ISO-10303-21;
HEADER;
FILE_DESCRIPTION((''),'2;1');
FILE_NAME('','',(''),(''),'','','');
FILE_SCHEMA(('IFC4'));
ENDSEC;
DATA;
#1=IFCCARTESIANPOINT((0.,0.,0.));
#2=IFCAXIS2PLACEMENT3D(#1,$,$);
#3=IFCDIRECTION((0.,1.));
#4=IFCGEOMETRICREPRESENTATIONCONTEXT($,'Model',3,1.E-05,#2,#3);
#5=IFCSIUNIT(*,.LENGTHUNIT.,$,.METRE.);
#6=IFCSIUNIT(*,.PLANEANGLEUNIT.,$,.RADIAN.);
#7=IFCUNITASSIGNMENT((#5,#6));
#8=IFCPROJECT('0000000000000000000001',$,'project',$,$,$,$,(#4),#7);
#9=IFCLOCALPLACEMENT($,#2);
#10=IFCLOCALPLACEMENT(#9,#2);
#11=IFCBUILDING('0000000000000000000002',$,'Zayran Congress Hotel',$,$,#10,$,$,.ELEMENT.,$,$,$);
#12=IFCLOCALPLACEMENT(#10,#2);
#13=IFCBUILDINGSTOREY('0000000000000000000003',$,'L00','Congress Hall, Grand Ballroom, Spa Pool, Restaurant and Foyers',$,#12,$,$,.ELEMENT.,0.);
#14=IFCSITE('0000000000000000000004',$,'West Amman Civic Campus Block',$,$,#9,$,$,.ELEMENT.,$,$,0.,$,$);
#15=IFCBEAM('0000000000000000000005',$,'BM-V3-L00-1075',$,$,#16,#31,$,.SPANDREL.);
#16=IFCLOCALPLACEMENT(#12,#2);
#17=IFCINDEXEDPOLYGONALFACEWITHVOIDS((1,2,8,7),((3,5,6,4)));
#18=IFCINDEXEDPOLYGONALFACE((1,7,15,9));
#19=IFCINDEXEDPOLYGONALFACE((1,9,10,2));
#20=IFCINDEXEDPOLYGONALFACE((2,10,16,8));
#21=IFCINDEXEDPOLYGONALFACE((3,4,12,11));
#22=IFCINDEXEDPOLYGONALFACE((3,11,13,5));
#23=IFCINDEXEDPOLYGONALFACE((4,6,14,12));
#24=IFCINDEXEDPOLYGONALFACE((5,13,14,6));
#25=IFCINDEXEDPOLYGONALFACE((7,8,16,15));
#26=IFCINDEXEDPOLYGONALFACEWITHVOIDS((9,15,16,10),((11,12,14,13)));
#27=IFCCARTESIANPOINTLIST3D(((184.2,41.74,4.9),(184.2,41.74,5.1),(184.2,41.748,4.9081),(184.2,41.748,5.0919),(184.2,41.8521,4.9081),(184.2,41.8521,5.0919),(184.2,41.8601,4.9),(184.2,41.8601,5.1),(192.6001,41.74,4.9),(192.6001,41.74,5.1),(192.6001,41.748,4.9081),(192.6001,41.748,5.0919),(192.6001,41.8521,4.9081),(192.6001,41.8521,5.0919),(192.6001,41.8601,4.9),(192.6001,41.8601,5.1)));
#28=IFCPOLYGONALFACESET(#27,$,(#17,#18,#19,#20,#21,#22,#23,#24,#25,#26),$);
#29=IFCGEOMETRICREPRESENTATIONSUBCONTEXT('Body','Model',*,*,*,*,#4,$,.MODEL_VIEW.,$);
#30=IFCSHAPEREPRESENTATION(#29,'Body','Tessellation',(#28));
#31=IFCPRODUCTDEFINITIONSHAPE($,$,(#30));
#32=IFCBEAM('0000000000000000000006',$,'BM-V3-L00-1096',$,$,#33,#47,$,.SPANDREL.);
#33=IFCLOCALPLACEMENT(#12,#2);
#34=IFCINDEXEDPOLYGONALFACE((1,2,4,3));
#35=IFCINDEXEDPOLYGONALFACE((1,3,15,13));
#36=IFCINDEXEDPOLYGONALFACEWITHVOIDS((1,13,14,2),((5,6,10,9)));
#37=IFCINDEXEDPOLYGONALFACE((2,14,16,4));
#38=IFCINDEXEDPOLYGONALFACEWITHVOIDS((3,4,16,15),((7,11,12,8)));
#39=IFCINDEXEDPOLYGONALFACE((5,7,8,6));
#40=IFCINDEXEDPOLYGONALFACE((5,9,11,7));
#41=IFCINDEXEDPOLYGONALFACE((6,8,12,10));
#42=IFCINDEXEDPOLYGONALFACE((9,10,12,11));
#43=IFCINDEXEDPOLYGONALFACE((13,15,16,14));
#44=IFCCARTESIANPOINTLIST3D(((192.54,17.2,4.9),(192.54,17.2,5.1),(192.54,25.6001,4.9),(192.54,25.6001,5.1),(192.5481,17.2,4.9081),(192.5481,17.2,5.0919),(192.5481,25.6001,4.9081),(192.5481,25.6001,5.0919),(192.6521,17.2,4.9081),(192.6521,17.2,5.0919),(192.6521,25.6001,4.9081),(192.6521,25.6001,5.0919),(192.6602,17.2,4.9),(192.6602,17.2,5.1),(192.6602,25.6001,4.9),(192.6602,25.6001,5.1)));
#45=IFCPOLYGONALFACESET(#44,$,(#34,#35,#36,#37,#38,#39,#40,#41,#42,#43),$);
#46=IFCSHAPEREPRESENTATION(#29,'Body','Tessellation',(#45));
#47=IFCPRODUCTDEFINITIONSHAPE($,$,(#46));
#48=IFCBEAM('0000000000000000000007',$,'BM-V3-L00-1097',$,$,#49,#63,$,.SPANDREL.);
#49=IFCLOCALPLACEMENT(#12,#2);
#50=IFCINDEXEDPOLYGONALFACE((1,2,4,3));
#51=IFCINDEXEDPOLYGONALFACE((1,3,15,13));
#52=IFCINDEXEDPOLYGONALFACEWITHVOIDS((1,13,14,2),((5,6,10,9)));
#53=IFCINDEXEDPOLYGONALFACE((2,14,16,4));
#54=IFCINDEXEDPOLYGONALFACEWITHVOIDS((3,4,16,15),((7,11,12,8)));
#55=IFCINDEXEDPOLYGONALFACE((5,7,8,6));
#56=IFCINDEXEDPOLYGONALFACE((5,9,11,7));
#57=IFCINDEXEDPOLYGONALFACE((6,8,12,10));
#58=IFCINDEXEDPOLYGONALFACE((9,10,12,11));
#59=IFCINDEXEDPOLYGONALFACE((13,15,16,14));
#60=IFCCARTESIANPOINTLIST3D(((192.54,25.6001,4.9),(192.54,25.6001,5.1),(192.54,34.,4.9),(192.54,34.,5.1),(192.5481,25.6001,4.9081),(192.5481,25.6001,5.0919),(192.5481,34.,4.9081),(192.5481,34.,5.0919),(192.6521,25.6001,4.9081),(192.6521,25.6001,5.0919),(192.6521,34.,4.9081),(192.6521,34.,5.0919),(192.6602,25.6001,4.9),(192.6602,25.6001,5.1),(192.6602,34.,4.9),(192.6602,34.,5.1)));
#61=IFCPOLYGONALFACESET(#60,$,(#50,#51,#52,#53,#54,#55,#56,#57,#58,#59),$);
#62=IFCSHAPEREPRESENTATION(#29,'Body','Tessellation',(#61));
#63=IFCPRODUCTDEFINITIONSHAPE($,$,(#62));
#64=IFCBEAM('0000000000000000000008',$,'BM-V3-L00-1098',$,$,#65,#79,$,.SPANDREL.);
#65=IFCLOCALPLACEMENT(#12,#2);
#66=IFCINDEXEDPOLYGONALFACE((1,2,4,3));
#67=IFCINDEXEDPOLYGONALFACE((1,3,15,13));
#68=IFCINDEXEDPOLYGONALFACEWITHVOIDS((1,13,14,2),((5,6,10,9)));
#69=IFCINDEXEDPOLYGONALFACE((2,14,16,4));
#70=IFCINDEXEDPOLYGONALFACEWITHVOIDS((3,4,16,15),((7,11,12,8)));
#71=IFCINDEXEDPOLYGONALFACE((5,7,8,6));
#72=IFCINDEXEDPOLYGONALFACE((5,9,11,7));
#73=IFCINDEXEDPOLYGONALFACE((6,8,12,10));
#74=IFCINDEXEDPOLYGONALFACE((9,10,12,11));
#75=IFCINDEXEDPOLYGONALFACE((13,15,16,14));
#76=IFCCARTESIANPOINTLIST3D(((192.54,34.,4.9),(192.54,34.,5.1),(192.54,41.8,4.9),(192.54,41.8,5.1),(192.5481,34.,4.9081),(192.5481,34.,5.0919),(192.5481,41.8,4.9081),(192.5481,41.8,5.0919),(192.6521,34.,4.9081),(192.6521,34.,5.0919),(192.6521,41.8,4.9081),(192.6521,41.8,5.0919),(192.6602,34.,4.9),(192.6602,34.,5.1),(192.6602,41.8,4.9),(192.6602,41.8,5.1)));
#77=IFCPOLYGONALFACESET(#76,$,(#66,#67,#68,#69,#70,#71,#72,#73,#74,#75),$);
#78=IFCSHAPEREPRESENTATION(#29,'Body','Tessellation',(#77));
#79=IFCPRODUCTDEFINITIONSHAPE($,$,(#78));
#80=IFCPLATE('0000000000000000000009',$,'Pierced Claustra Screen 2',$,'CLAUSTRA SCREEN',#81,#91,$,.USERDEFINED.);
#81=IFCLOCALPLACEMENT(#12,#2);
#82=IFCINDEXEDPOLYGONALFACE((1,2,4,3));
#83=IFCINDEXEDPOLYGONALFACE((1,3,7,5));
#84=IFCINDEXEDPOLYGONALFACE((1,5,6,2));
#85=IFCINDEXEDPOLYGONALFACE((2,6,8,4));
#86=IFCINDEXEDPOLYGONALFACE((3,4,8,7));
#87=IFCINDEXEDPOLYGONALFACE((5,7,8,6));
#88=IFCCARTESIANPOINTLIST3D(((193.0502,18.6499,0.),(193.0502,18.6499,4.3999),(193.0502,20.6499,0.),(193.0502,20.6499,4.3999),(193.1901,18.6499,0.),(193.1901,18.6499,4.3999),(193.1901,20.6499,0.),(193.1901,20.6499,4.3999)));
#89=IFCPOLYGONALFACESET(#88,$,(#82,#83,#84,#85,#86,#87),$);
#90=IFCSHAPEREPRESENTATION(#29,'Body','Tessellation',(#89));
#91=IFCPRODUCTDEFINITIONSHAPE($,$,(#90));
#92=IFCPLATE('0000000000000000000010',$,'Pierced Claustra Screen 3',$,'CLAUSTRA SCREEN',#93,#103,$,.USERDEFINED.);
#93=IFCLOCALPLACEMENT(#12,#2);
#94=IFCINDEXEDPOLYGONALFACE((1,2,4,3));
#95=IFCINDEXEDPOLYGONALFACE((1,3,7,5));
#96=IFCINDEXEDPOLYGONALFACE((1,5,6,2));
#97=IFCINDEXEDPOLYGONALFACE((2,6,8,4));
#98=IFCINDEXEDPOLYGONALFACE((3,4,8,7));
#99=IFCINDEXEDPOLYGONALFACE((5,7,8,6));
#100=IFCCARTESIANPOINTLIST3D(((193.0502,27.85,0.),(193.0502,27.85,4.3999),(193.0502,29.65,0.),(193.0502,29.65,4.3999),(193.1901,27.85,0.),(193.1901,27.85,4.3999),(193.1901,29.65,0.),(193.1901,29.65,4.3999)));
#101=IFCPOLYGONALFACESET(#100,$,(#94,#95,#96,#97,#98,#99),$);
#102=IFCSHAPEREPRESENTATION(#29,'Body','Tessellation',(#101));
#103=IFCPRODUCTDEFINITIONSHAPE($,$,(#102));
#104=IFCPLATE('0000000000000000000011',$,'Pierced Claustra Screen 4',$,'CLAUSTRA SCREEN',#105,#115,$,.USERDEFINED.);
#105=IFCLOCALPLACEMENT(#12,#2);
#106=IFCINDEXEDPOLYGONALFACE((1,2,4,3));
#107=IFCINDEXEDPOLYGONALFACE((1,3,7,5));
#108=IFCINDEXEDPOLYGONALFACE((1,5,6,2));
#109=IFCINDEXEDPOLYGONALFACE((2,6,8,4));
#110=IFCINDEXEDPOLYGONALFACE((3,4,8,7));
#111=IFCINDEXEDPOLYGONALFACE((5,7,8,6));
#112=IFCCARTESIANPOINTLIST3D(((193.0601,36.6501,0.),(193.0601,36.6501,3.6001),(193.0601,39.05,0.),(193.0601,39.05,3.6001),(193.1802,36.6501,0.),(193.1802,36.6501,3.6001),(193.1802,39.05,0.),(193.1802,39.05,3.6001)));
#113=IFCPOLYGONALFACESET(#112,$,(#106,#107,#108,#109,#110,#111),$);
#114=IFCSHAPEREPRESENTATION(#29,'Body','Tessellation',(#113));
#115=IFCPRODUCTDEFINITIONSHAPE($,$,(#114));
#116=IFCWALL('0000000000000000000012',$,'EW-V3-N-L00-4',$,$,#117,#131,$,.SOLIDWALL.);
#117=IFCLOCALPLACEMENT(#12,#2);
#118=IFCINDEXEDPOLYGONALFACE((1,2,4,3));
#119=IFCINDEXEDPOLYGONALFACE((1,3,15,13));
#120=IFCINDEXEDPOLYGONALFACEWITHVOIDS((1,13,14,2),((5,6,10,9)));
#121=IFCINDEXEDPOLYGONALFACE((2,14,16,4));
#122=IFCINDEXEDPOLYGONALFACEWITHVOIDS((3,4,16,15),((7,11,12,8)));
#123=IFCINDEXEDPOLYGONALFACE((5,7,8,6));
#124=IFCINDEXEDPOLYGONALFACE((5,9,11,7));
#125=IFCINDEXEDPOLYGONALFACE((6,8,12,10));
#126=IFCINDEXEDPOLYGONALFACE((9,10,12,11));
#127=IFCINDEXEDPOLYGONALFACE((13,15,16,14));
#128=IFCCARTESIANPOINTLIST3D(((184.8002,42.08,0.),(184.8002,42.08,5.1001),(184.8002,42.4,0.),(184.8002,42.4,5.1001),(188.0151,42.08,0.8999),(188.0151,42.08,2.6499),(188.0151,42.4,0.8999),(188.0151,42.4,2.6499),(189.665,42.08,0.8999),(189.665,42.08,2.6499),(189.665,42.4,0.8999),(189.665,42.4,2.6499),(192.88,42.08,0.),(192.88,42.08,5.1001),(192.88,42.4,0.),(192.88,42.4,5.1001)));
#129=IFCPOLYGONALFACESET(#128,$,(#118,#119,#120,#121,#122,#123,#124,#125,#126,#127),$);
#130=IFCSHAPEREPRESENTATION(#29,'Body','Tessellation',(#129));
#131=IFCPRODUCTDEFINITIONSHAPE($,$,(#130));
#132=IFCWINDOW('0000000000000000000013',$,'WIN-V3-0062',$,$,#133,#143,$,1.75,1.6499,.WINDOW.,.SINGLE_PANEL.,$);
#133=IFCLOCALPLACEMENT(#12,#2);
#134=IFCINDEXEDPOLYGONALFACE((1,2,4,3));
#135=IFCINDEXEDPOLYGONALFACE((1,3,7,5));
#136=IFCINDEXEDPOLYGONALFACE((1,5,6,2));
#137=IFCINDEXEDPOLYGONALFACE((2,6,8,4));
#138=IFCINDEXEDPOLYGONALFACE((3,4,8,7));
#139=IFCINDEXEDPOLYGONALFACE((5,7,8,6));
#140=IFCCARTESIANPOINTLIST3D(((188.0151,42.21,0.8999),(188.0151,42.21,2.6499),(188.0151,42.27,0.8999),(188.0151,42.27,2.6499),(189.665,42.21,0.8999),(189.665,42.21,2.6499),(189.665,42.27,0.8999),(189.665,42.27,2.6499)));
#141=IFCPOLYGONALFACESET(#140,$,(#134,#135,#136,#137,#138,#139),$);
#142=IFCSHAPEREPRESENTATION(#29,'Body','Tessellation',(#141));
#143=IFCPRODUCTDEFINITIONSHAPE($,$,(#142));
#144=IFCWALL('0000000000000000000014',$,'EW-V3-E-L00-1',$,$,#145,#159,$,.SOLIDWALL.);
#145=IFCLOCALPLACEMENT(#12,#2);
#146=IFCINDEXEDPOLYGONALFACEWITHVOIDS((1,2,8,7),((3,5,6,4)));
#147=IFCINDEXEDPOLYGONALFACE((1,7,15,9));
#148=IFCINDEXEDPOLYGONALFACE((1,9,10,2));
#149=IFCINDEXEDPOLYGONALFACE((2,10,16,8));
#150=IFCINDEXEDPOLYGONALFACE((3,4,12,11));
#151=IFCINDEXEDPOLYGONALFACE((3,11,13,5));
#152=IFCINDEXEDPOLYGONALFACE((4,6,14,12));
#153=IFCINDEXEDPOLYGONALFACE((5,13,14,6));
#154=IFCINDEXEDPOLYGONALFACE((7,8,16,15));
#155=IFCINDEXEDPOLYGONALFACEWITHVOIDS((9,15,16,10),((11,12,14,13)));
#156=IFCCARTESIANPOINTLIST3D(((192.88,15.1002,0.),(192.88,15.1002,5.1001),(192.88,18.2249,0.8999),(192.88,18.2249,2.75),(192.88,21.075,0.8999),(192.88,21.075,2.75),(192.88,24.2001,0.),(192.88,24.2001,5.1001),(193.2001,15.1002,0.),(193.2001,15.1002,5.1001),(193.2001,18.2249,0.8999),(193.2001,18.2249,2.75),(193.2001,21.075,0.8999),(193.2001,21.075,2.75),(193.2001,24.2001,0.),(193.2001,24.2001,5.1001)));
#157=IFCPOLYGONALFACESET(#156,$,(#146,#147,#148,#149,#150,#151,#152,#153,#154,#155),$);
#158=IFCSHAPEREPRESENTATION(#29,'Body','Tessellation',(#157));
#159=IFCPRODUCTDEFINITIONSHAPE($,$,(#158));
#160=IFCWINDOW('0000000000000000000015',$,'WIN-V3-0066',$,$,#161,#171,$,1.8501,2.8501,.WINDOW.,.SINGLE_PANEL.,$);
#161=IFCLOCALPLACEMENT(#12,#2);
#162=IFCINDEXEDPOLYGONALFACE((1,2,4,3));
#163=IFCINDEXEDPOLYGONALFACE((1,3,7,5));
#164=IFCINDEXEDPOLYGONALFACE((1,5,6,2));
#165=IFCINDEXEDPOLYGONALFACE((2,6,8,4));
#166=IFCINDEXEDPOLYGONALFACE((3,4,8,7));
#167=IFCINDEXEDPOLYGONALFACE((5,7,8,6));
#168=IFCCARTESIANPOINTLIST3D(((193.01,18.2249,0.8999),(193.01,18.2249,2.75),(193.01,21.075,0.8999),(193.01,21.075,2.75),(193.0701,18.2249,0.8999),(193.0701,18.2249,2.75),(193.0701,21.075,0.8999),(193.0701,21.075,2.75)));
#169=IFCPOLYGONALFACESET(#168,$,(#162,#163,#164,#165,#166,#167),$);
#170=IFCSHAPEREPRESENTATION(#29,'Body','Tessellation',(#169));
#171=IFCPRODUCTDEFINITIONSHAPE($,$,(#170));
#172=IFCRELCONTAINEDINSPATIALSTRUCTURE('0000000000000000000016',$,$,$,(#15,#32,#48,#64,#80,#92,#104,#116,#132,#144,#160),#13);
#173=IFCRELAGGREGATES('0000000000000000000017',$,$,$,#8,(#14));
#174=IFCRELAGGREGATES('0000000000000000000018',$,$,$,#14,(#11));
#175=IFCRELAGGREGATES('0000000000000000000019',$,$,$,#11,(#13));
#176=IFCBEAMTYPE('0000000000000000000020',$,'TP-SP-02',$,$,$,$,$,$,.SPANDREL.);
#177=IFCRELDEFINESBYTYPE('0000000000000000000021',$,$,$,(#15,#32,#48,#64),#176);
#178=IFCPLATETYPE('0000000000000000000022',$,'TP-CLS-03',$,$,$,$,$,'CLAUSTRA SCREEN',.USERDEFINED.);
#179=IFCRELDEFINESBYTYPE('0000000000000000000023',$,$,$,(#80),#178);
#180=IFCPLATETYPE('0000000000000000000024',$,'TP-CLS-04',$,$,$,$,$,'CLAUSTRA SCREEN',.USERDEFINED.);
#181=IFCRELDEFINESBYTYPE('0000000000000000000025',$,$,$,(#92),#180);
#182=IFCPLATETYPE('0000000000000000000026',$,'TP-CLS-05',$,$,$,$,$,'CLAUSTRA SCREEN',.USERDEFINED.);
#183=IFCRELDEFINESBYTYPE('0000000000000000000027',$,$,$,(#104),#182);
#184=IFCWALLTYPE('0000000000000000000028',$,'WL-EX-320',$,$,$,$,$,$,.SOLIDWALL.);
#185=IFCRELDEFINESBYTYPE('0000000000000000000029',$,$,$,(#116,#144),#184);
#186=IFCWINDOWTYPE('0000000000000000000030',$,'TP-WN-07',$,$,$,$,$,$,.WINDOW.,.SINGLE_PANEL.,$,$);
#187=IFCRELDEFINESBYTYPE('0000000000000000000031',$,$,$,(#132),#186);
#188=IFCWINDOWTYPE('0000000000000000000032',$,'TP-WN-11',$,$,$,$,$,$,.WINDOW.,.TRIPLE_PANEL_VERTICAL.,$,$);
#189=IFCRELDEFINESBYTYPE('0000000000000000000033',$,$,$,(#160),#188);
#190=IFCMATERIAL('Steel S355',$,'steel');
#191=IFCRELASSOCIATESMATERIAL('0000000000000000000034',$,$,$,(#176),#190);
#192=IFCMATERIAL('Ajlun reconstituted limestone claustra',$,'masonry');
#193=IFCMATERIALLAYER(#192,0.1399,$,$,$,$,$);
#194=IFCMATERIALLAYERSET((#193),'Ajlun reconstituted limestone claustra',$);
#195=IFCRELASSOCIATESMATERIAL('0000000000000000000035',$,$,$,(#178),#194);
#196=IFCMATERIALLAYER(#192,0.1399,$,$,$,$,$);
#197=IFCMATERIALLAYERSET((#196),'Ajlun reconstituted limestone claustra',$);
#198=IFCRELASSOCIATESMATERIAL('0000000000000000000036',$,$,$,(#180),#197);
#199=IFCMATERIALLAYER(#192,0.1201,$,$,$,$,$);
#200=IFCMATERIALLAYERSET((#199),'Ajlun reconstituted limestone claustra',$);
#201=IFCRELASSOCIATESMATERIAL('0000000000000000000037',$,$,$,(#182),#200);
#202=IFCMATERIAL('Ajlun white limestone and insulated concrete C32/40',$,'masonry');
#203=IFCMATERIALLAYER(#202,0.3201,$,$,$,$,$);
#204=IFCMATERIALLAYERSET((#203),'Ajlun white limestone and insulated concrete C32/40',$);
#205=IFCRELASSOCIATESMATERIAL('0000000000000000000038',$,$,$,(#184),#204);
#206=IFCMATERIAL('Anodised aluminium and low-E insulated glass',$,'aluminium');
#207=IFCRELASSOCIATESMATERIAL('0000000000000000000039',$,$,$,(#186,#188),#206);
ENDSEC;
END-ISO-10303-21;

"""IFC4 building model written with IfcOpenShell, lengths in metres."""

from ifc_helpers import new_model, si_unit, direction, frame, frame_2d, origin, origin_2d, place, context, subcontext, project, spatial, rectangle, hollow_rectangle, extrude, material, layer, layer_set, material_profile, profile_set, type_object, element, fill, save


model = new_model("IFC4")

# Units and contexts
model_context = context("Model", 3, precision=1e-05, world=origin(), true_north=direction((0.0, 1.0)))
body_context = subcontext(model_context, "Body", "Model", "MODEL_VIEW")
ifc_project = project(units=[si_unit("LENGTHUNIT", "METRE"), si_unit("PLANEANGLEUNIT", "RADIAN")], contexts=[model_context])

# Site, building, storey
site_placement = place(None, origin())
site = spatial("IfcSite", under=ifc_project, at=site_placement, Name="West Amman Civic Campus Block", CompositionType="ELEMENT", RefElevation=0.0)
building_placement = place(site_placement, origin())
building = spatial("IfcBuilding", under=site, at=building_placement, Name="Zayran Congress Hotel", CompositionType="ELEMENT")
storey_placement = place(building_placement, origin())
storey = spatial("IfcBuildingStorey", under=building, at=storey_placement, Name="L00", Description="Congress Hall, Grand Ballroom, Spa Pool, Restaurant and Foyers", CompositionType="ELEMENT", Elevation=0.0)

# Beams
ifc_material_1 = material(Name="Steel S355", Category="steel")
ifc_material_profile_1 = material_profile(ifc_material_1, hollow_rectangle(XDim=0.1201, YDim=0.2, WallThickness=0.0081, at=origin_2d()), Name="RHS 200x120x8")
ifc_profile_set_1 = profile_set([ifc_material_profile_1], Name="Steel S355")
beam_type_1 = type_object("IfcBeamType", Name="TP-SP-02", PredefinedType="SPANDREL", material=ifc_profile_set_1)
for number, where, z_axis, x_axis, name in (
    (1, (184.2, 41.8, 5.0), (1.0, 0.0, 0.0), (0.0, 1.0, 0.0), "BM-V3-L00-1075"),
    (2, (192.6001, 17.2, 5.0), (0.0, 1.0, 0.0), (-1.0, 0.0, 0.0), "BM-V3-L00-1096"),
):
    element("IfcBeam", number, at=place(storey_placement, frame(where, z_axis=z_axis, x_axis=x_axis)), inside=storey, type_object=beam_type_1, Name=name, PredefinedType="SPANDREL", context=body_context, shape_type="SweptSolid", body=[
        extrude(hollow_rectangle(XDim=0.1201, YDim=0.2, WallThickness=0.0081, at=origin_2d()), origin(), (0.0, 0.0, 1.0), 8.4001),
    ])
beam_1_placement = place(storey_placement, frame((192.6001, 25.6001, 5.0), z_axis=(0.0, 1.0, 0.0), x_axis=(-1.0, 0.0, 0.0)))
element("IfcBeam", 3, at=beam_1_placement, inside=storey, type_object=beam_type_1, Name="BM-V3-L00-1097", PredefinedType="SPANDREL", context=body_context, shape_type="SweptSolid", body=[
    extrude(hollow_rectangle(XDim=0.1201, YDim=0.2, WallThickness=0.0081, at=origin_2d()), origin(), (0.0, 0.0, 1.0), 8.3999),
])
beam_2_placement = place(storey_placement, frame((192.6001, 34.0, 5.0), z_axis=(0.0, 1.0, 0.0), x_axis=(-1.0, 0.0, 0.0)))
element("IfcBeam", 4, at=beam_2_placement, inside=storey, type_object=beam_type_1, Name="BM-V3-L00-1098", PredefinedType="SPANDREL", context=body_context, shape_type="SweptSolid", body=[
    extrude(hollow_rectangle(XDim=0.1201, YDim=0.2, WallThickness=0.0081, at=origin_2d()), origin(), (0.0, 0.0, 1.0), 7.8),
])

# Plates
ifc_material_2 = material(Name="Ajlun reconstituted limestone claustra", Category="masonry")
ifc_layer_1 = layer(ifc_material_2, 0.1399)
ifc_layer_set_1 = layer_set([ifc_layer_1], Name="Ajlun reconstituted limestone claustra")
plate_type_1 = type_object("IfcPlateType", Name="TP-CLS-03", ElementType="CLAUSTRA SCREEN", PredefinedType="USERDEFINED", material=ifc_layer_set_1)
plate_1_placement = place(storey_placement, frame((193.1201, 19.6499, 0.0), z_axis=(0.0, 0.0, 1.0), x_axis=(0.0, 1.0, 0.0)))
element("IfcPlate", 5, at=plate_1_placement, inside=storey, type_object=plate_type_1, Name="Pierced Claustra Screen 2", ObjectType="CLAUSTRA SCREEN", PredefinedType="USERDEFINED", context=body_context, shape_type="SweptSolid", body=[
    extrude(rectangle(XDim=2.0, YDim=0.1399, at=origin_2d()), origin(), (0.0, 0.0, 1.0), 4.3999),
])
ifc_layer_2 = layer(ifc_material_2, 0.1399)
ifc_layer_set_2 = layer_set([ifc_layer_2], Name="Ajlun reconstituted limestone claustra")
plate_type_2 = type_object("IfcPlateType", Name="TP-CLS-04", ElementType="CLAUSTRA SCREEN", PredefinedType="USERDEFINED", material=ifc_layer_set_2)
plate_2_placement = place(storey_placement, frame((193.1201, 28.75, 0.0), z_axis=(0.0, 0.0, 1.0), x_axis=(0.0, 1.0, 0.0)))
element("IfcPlate", 6, at=plate_2_placement, inside=storey, type_object=plate_type_2, Name="Pierced Claustra Screen 3", ObjectType="CLAUSTRA SCREEN", PredefinedType="USERDEFINED", context=body_context, shape_type="SweptSolid", body=[
    extrude(rectangle(XDim=1.8, YDim=0.1399, at=origin_2d()), origin(), (0.0, 0.0, 1.0), 4.3999),
])
ifc_layer_3 = layer(ifc_material_2, 0.1201)
ifc_layer_set_3 = layer_set([ifc_layer_3], Name="Ajlun reconstituted limestone claustra")
plate_type_3 = type_object("IfcPlateType", Name="TP-CLS-05", ElementType="CLAUSTRA SCREEN", PredefinedType="USERDEFINED", material=ifc_layer_set_3)
plate_3_placement = place(storey_placement, frame((193.1201, 37.8501, 0.0), z_axis=(0.0, 0.0, 1.0), x_axis=(0.0, 1.0, 0.0)))
element("IfcPlate", 7, at=plate_3_placement, inside=storey, type_object=plate_type_3, Name="Pierced Claustra Screen 4", ObjectType="CLAUSTRA SCREEN", PredefinedType="USERDEFINED", context=body_context, shape_type="SweptSolid", body=[
    extrude(rectangle(XDim=2.3999, YDim=0.1201, at=origin_2d()), origin(), (0.0, 0.0, 1.0), 3.6001),
])

# Walls, openings, windows
ifc_material_3 = material(Name="Ajlun white limestone and insulated concrete C32/40", Category="masonry")
ifc_layer_4 = layer(ifc_material_3, 0.3201)
ifc_layer_set_4 = layer_set([ifc_layer_4], Name="Ajlun white limestone and insulated concrete C32/40")
wall_type_1 = type_object("IfcWallType", Name="WL-EX-320", PredefinedType="SOLIDWALL", material=ifc_layer_set_4)
wall_1_placement = place(storey_placement, frame((184.8, 42.24, 0.0), z_axis=(0.0, 0.0, 1.0), x_axis=(1.0, 0.0, 0.0)))
wall_1 = element("IfcWall", 8, at=wall_1_placement, inside=storey, type_object=wall_type_1, Name="EW-V3-N-L00-4", PredefinedType="SOLIDWALL", context=body_context, shape_type="SweptSolid", body=[
    extrude(rectangle(XDim=8.0798, YDim=0.3201, at=frame_2d((4.04, 0.0))), origin(), (0.0, 0.0, 1.0), 5.1001),
])
opening_1_placement = place(wall_1_placement, frame((3.2151, 0.0, 0.8999)))
opening_1 = element("IfcOpeningElement", 9, at=opening_1_placement, cuts=wall_1, PredefinedType="OPENING", context=body_context, shape_type="SweptSolid", body=[
    extrude(rectangle(XDim=1.6499, YDim=1.75, at=frame_2d((0.825, 0.875))), frame((0.0, 0.1699, 0.0), z_axis=(0.0, -1.0, 0.0), x_axis=(1.0, 0.0, 0.0)), (0.0, 0.0, 1.0), 0.3401),
])
ifc_material_4 = material(Name="Anodised aluminium and low-E insulated glass", Category="aluminium")
window_type_1 = type_object("IfcWindowType", Name="TP-WN-07", PartitioningType="SINGLE_PANEL", PredefinedType="WINDOW", material=ifc_material_4)
window_1_placement = place(opening_1_placement, origin())
window_1 = element("IfcWindow", 10, at=window_1_placement, inside=storey, type_object=window_type_1, Name="WIN-V3-0062", OverallHeight=1.75, OverallWidth=1.6499, PartitioningType="SINGLE_PANEL", PredefinedType="WINDOW", context=body_context, shape_type="SweptSolid", body=[
    extrude(rectangle(XDim=1.6499, YDim=1.75, at=frame_2d((0.825, 0.875))), frame((0.0, 0.03, 0.0), z_axis=(0.0, -1.0, 0.0), x_axis=(1.0, 0.0, 0.0)), (0.0, 0.0, 1.0), 0.0601),
])
fill(opening_1, window_1)
wall_2_placement = place(storey_placement, frame((193.04, 24.2, 0.0), z_axis=(0.0, 0.0, 1.0), x_axis=(0.0, -1.0, 0.0)))
wall_2 = element("IfcWall", 11, at=wall_2_placement, inside=storey, type_object=wall_type_1, Name="EW-V3-E-L00-1", PredefinedType="SOLIDWALL", context=body_context, shape_type="SweptSolid", body=[
    extrude(rectangle(XDim=9.0999, YDim=0.3201, at=frame_2d((4.5498, 0.0))), origin(), (0.0, 0.0, 1.0), 5.1001),
])
opening_2_placement = place(wall_2_placement, frame((3.125, 0.0, 0.8999)))
opening_2 = element("IfcOpeningElement", 12, at=opening_2_placement, cuts=wall_2, PredefinedType="OPENING", context=body_context, shape_type="SweptSolid", body=[
    extrude(rectangle(XDim=2.8501, YDim=1.8501, at=frame_2d((1.425, 0.925))), frame((0.0, 0.1699, 0.0), z_axis=(0.0, -1.0, 0.0), x_axis=(1.0, 0.0, 0.0)), (0.0, 0.0, 1.0), 0.3401),
])
window_type_2 = type_object("IfcWindowType", Name="TP-WN-11", PartitioningType="TRIPLE_PANEL_VERTICAL", PredefinedType="WINDOW", material=ifc_material_4)
window_2_placement = place(opening_2_placement, origin())
window_2 = element("IfcWindow", 13, at=window_2_placement, inside=storey, type_object=window_type_2, Name="WIN-V3-0066", OverallHeight=1.8501, OverallWidth=2.8501, PartitioningType="SINGLE_PANEL", PredefinedType="WINDOW", context=body_context, shape_type="SweptSolid", body=[
    extrude(rectangle(XDim=2.8501, YDim=1.8501, at=frame_2d((1.425, 0.925))), frame((0.0, 0.03, 0.0), z_axis=(0.0, -1.0, 0.0), x_axis=(1.0, 0.0, 0.0)), (0.0, 0.0, 1.0), 0.0601),
])
fill(opening_2, window_2)

save(model, "model.ifc")
